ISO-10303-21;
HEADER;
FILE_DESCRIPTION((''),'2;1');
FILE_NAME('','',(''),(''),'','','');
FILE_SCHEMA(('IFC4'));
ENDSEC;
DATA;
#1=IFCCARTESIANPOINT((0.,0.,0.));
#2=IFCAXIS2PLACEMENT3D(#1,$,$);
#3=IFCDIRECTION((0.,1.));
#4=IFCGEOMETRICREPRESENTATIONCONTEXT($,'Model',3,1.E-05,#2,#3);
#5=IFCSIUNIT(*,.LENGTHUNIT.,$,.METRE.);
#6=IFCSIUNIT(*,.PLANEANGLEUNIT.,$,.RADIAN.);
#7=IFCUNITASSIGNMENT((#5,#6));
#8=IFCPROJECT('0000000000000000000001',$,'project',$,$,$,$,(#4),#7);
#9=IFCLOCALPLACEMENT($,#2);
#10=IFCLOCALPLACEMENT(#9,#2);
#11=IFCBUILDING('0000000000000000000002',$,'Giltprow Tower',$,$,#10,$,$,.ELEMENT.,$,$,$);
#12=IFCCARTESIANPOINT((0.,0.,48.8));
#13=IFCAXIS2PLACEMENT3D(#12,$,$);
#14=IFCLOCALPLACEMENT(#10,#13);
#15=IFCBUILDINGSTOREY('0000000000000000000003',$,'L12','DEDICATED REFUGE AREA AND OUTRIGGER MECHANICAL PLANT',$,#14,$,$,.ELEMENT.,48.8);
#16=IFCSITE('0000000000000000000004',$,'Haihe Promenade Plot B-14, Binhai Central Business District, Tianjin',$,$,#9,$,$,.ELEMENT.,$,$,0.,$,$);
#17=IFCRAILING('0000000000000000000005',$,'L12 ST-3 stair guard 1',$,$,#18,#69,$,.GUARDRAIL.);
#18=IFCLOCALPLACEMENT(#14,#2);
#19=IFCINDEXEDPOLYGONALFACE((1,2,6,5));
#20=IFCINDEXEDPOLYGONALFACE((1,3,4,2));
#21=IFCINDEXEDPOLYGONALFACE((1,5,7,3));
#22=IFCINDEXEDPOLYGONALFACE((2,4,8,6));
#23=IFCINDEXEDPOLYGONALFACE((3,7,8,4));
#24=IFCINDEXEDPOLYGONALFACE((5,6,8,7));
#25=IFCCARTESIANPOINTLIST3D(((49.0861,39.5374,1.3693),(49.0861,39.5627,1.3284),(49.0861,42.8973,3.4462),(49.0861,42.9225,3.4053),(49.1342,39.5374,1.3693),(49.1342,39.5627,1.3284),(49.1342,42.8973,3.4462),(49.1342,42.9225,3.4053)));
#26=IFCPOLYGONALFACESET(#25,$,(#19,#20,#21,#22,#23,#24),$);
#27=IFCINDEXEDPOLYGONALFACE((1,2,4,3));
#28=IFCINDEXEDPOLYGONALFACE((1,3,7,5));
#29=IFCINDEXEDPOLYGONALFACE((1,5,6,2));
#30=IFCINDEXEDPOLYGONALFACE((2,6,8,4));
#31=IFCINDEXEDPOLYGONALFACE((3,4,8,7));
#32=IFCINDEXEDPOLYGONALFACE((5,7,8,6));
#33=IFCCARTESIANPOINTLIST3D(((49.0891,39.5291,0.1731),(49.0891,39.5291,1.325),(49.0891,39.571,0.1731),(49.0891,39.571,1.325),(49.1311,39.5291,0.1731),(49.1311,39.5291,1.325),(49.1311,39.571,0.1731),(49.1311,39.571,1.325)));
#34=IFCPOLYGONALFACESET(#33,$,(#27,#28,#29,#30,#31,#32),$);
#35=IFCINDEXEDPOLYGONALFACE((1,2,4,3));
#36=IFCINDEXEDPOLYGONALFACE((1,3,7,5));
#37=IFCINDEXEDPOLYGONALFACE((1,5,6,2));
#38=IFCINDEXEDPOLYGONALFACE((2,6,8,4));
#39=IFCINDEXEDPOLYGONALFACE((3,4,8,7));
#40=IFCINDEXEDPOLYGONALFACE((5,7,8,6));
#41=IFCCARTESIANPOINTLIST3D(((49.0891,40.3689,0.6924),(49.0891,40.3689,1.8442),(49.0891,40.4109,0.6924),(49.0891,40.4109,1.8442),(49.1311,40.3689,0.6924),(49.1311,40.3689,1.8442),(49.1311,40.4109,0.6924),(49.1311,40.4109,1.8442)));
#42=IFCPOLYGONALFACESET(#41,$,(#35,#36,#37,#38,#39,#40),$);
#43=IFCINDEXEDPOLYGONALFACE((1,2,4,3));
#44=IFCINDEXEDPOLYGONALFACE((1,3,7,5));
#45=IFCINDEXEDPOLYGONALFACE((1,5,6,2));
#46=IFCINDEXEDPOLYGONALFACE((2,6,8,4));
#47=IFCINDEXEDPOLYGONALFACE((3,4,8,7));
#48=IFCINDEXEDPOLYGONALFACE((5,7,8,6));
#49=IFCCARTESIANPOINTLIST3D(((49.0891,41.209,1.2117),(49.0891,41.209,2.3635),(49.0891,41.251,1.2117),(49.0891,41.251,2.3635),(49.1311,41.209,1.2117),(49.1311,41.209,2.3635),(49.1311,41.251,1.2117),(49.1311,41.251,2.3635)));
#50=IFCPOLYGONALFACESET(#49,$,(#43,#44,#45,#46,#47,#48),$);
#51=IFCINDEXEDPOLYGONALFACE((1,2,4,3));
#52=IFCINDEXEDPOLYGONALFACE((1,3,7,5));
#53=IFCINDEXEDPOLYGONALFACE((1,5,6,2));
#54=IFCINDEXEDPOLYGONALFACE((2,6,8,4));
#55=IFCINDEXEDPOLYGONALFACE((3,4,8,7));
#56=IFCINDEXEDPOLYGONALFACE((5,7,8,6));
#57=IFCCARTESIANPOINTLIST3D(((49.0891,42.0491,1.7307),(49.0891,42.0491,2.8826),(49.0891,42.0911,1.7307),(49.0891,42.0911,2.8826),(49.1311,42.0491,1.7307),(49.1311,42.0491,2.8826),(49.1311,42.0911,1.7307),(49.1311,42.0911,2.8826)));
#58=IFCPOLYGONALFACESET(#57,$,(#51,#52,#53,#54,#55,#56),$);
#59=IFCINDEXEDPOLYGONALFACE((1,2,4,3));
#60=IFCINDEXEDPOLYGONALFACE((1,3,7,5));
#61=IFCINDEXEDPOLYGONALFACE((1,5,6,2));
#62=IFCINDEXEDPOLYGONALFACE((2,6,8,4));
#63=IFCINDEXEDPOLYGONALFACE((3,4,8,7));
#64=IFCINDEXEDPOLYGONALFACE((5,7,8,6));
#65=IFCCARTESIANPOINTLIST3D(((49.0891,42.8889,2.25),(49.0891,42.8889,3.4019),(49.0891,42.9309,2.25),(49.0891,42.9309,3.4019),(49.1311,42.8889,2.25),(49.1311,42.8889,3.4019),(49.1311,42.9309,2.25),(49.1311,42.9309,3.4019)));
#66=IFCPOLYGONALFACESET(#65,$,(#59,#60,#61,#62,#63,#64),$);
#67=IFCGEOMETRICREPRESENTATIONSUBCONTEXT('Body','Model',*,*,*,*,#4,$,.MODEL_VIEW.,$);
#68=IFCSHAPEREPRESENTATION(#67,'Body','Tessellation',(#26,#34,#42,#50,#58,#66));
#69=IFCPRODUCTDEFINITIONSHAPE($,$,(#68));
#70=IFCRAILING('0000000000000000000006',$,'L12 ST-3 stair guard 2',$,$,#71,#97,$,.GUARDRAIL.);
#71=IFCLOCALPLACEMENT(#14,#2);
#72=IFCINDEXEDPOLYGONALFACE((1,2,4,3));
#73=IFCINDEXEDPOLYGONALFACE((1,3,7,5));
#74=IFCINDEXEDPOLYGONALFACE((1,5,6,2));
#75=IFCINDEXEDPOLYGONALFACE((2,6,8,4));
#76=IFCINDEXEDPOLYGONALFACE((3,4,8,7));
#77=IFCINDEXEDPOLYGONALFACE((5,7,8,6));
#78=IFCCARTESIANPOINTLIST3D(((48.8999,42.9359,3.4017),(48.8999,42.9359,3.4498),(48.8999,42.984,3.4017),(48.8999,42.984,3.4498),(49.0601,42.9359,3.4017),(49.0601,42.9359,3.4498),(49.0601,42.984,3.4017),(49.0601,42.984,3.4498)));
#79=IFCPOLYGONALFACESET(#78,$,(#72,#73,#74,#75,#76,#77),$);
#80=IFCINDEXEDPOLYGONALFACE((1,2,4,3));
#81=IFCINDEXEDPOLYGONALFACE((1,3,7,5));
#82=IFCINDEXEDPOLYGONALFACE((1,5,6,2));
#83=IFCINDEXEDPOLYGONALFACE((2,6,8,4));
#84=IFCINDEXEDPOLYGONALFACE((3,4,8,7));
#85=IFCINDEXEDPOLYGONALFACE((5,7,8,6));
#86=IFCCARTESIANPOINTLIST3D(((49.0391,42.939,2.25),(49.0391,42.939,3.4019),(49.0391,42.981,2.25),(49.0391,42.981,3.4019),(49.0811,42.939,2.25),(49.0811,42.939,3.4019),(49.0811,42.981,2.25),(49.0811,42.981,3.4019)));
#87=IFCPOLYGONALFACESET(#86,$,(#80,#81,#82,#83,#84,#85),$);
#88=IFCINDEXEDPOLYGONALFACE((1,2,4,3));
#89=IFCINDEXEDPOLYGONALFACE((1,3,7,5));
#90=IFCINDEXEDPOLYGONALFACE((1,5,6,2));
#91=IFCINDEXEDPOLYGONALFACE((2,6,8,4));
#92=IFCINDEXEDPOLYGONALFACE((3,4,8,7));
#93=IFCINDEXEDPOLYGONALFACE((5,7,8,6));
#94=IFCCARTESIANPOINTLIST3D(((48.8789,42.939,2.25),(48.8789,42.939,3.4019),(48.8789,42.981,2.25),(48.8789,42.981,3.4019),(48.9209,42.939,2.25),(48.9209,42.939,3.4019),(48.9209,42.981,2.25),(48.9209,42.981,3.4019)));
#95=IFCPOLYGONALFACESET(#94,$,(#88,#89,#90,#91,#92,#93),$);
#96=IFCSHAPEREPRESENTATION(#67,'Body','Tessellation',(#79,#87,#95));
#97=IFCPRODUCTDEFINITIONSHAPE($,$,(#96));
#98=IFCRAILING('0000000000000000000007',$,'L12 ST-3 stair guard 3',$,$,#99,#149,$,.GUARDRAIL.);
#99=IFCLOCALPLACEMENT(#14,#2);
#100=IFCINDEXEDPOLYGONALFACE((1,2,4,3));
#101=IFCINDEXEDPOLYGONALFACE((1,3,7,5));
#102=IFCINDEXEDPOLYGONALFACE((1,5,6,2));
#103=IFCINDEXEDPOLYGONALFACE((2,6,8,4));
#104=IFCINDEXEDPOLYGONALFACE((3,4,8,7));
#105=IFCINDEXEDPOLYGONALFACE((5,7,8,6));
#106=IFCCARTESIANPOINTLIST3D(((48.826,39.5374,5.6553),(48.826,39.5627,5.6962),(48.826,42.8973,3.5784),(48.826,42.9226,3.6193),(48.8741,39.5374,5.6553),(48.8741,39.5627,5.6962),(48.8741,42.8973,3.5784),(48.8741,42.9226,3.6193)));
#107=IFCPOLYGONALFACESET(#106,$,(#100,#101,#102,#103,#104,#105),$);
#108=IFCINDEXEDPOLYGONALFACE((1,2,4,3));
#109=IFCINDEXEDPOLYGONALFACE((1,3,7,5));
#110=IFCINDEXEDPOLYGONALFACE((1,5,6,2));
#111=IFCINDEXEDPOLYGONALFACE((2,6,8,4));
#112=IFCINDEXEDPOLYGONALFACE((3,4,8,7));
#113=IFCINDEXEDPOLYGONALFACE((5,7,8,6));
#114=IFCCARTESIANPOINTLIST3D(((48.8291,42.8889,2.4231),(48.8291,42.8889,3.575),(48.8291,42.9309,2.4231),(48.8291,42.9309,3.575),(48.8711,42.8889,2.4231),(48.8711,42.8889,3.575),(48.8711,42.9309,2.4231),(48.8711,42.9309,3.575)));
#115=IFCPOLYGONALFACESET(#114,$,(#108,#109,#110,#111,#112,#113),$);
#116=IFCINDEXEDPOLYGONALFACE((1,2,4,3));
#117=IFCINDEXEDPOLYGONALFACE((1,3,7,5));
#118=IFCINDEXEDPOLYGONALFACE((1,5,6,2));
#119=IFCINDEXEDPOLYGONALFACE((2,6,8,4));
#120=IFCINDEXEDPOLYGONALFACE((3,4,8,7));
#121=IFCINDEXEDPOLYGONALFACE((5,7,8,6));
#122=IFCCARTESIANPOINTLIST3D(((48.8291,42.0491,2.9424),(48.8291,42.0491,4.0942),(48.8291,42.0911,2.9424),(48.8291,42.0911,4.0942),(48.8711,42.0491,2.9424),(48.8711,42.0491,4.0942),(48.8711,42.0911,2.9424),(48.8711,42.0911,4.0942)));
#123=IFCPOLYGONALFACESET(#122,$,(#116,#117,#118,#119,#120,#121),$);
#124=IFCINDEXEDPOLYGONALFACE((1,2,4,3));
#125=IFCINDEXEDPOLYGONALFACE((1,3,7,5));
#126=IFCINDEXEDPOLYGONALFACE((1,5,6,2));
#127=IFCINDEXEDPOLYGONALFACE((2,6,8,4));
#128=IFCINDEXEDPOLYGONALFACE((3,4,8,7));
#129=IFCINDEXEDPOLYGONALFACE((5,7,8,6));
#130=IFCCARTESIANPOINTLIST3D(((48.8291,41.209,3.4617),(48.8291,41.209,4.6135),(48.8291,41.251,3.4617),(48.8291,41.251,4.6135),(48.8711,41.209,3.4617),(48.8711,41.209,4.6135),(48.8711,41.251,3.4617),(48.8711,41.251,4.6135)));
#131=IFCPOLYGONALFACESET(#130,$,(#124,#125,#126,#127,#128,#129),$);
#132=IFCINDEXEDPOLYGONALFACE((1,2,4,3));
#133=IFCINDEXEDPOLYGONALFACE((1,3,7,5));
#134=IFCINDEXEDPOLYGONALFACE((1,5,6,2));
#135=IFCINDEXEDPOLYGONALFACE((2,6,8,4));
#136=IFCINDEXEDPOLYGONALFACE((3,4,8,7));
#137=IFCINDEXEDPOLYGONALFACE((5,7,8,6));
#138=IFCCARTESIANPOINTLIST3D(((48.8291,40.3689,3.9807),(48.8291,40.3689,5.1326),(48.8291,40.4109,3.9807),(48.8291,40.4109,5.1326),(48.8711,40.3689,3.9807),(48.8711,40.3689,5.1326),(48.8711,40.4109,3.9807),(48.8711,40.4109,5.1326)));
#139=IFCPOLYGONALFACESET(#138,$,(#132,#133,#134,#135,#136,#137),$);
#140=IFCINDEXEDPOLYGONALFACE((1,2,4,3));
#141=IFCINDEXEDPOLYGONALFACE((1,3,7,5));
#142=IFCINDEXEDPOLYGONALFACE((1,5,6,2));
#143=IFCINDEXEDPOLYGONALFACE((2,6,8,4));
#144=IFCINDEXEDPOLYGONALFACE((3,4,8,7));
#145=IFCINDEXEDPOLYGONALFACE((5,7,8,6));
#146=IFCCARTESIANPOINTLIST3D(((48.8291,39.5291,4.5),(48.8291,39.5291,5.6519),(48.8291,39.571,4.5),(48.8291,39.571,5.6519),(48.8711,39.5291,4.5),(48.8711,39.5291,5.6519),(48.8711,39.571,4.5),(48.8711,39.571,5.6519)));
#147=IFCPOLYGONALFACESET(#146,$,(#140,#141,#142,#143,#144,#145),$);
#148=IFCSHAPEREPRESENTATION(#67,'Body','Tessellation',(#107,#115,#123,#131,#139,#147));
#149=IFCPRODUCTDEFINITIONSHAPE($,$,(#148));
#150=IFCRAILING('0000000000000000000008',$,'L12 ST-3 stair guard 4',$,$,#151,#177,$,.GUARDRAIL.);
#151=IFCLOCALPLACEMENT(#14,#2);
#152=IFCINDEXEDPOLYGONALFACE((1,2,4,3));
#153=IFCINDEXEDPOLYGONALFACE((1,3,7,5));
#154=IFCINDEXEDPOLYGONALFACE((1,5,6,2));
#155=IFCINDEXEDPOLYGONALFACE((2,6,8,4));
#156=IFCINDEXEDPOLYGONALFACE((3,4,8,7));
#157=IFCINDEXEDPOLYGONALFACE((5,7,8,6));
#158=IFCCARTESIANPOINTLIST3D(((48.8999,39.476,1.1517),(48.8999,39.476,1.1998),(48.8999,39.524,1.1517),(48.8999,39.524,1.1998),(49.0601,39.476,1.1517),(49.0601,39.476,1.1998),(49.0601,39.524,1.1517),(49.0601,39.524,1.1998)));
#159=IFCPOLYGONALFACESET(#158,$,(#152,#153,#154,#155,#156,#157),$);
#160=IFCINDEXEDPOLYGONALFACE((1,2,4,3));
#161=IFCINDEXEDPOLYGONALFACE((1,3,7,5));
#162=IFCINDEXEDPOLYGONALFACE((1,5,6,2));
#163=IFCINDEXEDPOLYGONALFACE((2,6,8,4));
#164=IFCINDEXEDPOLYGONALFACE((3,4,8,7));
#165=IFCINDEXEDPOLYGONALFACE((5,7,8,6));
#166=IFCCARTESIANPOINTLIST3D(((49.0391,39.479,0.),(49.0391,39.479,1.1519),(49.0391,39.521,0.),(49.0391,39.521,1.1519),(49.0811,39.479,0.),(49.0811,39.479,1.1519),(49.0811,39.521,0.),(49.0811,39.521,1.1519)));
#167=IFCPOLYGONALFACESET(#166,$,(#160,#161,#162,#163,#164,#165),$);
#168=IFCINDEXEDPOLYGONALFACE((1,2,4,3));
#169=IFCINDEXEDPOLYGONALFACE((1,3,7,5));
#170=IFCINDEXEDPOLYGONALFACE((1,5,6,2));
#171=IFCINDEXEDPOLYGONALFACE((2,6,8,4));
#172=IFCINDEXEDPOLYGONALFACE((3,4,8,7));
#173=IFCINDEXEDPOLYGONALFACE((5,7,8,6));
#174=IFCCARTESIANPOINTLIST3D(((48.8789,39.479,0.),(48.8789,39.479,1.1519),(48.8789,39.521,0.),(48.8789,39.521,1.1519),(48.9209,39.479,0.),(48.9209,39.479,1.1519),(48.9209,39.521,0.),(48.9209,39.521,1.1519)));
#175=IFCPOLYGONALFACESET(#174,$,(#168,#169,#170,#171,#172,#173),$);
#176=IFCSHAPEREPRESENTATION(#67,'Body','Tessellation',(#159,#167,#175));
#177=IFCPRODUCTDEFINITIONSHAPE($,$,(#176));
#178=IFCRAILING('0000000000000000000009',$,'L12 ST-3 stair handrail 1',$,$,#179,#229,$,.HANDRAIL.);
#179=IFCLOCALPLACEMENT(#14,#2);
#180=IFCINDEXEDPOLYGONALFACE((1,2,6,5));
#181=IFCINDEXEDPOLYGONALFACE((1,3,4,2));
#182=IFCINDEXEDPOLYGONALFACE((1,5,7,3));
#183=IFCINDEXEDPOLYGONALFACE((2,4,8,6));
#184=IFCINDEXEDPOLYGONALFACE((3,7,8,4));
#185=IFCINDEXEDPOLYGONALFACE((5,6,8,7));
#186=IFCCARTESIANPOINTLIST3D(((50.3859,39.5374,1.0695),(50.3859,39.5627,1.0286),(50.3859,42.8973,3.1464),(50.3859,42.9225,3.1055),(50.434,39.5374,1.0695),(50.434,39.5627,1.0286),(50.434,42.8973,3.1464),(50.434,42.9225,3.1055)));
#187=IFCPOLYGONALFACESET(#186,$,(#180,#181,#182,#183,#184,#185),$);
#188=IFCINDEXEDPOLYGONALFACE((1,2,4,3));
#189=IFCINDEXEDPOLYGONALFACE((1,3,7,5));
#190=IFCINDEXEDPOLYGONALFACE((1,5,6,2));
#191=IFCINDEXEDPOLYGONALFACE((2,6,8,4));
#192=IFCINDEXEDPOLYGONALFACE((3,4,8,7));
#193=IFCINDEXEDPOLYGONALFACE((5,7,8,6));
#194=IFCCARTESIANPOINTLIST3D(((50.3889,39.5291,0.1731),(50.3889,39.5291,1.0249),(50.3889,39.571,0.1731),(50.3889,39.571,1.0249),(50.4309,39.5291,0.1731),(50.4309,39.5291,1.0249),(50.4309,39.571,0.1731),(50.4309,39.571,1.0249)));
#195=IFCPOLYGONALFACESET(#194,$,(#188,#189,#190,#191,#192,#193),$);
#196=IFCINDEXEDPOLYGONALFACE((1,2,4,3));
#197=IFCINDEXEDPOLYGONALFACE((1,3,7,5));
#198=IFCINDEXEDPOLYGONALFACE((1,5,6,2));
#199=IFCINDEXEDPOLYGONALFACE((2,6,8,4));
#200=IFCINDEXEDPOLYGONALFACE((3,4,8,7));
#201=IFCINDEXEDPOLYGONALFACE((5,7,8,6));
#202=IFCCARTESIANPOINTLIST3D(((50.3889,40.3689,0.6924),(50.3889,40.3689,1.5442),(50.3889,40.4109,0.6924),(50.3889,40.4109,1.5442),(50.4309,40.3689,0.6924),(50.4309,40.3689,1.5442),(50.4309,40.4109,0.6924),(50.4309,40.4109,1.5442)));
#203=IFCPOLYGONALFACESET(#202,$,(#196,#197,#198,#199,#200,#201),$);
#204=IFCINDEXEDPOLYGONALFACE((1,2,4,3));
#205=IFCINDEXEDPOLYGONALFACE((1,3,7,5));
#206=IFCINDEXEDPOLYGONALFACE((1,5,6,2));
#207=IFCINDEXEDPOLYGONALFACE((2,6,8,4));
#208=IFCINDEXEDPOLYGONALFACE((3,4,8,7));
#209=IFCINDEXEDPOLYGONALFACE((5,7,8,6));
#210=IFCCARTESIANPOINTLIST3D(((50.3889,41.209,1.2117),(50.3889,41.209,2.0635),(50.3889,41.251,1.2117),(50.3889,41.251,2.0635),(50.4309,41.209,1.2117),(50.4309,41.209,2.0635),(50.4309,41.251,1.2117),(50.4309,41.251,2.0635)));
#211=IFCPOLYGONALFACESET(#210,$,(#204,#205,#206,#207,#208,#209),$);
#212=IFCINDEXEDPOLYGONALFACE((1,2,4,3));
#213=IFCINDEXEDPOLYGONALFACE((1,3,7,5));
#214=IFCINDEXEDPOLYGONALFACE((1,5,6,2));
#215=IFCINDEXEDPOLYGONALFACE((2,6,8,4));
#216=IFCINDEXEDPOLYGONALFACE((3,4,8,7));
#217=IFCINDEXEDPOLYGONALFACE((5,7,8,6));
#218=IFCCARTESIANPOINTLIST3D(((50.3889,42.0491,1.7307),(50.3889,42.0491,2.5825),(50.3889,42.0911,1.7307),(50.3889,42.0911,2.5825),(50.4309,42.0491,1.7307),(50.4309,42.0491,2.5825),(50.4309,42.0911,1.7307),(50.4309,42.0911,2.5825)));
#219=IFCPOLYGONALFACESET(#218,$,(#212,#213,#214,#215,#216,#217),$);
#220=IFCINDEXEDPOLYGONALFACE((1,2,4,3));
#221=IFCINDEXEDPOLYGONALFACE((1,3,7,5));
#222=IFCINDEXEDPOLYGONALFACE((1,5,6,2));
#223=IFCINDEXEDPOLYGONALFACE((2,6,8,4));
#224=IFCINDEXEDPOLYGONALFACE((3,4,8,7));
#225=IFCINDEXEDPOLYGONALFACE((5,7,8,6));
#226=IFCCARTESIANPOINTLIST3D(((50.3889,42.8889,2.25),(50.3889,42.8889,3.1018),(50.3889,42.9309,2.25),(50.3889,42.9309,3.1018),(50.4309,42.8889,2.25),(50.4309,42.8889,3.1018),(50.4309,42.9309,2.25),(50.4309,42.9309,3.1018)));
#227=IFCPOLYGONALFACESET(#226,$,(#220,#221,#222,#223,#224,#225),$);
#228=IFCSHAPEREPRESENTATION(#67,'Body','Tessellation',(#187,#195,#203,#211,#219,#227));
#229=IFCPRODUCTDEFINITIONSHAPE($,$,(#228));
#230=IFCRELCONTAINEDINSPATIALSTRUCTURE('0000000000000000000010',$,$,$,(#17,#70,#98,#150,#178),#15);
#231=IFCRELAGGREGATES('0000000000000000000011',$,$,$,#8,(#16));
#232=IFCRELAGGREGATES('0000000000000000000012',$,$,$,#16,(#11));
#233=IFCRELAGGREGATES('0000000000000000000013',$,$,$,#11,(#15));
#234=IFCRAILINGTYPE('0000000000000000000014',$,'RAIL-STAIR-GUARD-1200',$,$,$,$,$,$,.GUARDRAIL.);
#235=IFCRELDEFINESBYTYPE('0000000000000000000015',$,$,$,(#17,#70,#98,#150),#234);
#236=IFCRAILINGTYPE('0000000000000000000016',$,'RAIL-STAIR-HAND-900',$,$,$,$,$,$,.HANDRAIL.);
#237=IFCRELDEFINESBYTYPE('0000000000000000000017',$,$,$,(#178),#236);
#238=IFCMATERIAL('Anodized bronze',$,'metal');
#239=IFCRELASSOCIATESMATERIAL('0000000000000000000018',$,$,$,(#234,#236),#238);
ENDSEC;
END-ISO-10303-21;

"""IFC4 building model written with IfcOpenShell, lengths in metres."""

from ifc_helpers import new_model, si_unit, direction, frame, origin, origin_2d, place, context, subcontext, project, spatial, rectangle, extrude, material, type_object, element, save


model = new_model("IFC4")

# Units and contexts
model_context = context("Model", 3, precision=1e-05, world=origin(), true_north=direction((0.0, 1.0)))
body_context = subcontext(model_context, "Body", "Model", "MODEL_VIEW")
ifc_project = project(units=[si_unit("LENGTHUNIT", "METRE"), si_unit("PLANEANGLEUNIT", "RADIAN")], contexts=[model_context])

# Site, building, storey
site_placement = place(None, origin())
site = spatial("IfcSite", under=ifc_project, at=site_placement, Name="Haihe Promenade Plot B-14, Binhai Central Business District, Tianjin", CompositionType="ELEMENT", RefElevation=0.0)
building_placement = place(site_placement, origin())
building = spatial("IfcBuilding", under=site, at=building_placement, Name="Giltprow Tower", CompositionType="ELEMENT")
storey_placement = place(building_placement, frame((0.0, 0.0, 48.8)))
storey = spatial("IfcBuildingStorey", under=building, at=storey_placement, Name="L12", Description="DEDICATED REFUGE AREA AND OUTRIGGER MECHANICAL PLANT", CompositionType="ELEMENT", Elevation=48.8)

# Railings
ifc_material_1 = material(Name="Anodized bronze", Category="metal")
railing_type_1 = type_object("IfcRailingType", Name="RAIL-STAIR-GUARD-1200", PredefinedType="GUARDRAIL", material=ifc_material_1)
railing_1_placement = place(storey_placement, frame((49.1101, 39.55, 0.1731)))
element("IfcRailing", 1, at=railing_1_placement, inside=storey, type_object=railing_type_1, Name="L12 ST-3 stair guard 1", PredefinedType="GUARDRAIL", context=body_context, shape_type="SweptSolid", body=[
    extrude(rectangle(XDim=0.0481, YDim=0.0481, at=origin_2d()), frame((0.0, 0.0, 1.1758), z_axis=(0.0, 0.850606, 0.525803), x_axis=(-1.0, 0.0, 0.0)), (0.0, 0.0, 1.0), 3.95),
    extrude(rectangle(XDim=0.042, YDim=0.042, at=origin_2d()), origin(), (0.0, 0.0, 1.0), 1.1519),
    extrude(rectangle(XDim=0.042, YDim=0.042, at=origin_2d()), frame((0.0, 0.8398, 0.5193)), (0.0, 0.0, 1.0), 1.1519),
    extrude(rectangle(XDim=0.042, YDim=0.042, at=origin_2d()), frame((0.0, 1.6799, 1.0386)), (0.0, 0.0, 1.0), 1.1519),
    extrude(rectangle(XDim=0.042, YDim=0.042, at=origin_2d()), frame((0.0, 2.52, 1.5576)), (0.0, 0.0, 1.0), 1.1519),
    extrude(rectangle(XDim=0.042, YDim=0.042, at=origin_2d()), frame((0.0, 3.3599, 2.0769)), (0.0, 0.0, 1.0), 1.1519),
])
railing_2_placement = place(storey_placement, frame((49.0601, 42.96, 2.25)))
element("IfcRailing", 2, at=railing_2_placement, inside=storey, type_object=railing_type_1, Name="L12 ST-3 stair guard 2", PredefinedType="GUARDRAIL", context=body_context, shape_type="SweptSolid", body=[
    extrude(rectangle(XDim=0.0481, YDim=0.0481, at=origin_2d()), frame((0.0, 0.0, 1.1758), z_axis=(-1.0, 0.0, 0.0), x_axis=(0.0, -1.0, 0.0)), (0.0, 0.0, 1.0), 0.1602),
    extrude(rectangle(XDim=0.042, YDim=0.042, at=origin_2d()), origin(), (0.0, 0.0, 1.0), 1.1519),
    extrude(rectangle(XDim=0.042, YDim=0.042, at=origin_2d()), frame((-0.1602, 0.0, 0.0)), (0.0, 0.0, 1.0), 1.1519),
])
railing_3_placement = place(storey_placement, frame((48.8501, 42.9099, 2.4231)))
element("IfcRailing", 3, at=railing_3_placement, inside=storey, type_object=railing_type_1, Name="L12 ST-3 stair guard 3", PredefinedType="GUARDRAIL", context=body_context, shape_type="SweptSolid", body=[
    extrude(rectangle(XDim=0.0481, YDim=0.0481, at=origin_2d()), frame((0.0, 0.0, 1.1758), z_axis=(0.0, -0.850606, 0.525803), x_axis=(1.0, 0.0, 0.0)), (0.0, 0.0, 1.0), 3.95),
    extrude(rectangle(XDim=0.042, YDim=0.042, at=origin_2d()), origin(), (0.0, 0.0, 1.0), 1.1519),
    extrude(rectangle(XDim=0.042, YDim=0.042, at=origin_2d()), frame((0.0, -0.8398, 0.5193)), (0.0, 0.0, 1.0), 1.1519),
    extrude(rectangle(XDim=0.042, YDim=0.042, at=origin_2d()), frame((0.0, -1.6799, 1.0386)), (0.0, 0.0, 1.0), 1.1519),
    extrude(rectangle(XDim=0.042, YDim=0.042, at=origin_2d()), frame((0.0, -2.52, 1.5576)), (0.0, 0.0, 1.0), 1.1519),
    extrude(rectangle(XDim=0.042, YDim=0.042, at=origin_2d()), frame((0.0, -3.3599, 2.0769)), (0.0, 0.0, 1.0), 1.1519),
])
railing_4_placement = place(storey_placement, frame((49.0601, 39.5, 0.0)))
element("IfcRailing", 4, at=railing_4_placement, inside=storey, type_object=railing_type_1, Name="L12 ST-3 stair guard 4", PredefinedType="GUARDRAIL", context=body_context, shape_type="SweptSolid", body=[
    extrude(rectangle(XDim=0.0481, YDim=0.0481, at=origin_2d()), frame((0.0, 0.0, 1.1758), z_axis=(-1.0, 0.0, 0.0), x_axis=(0.0, -1.0, 0.0)), (0.0, 0.0, 1.0), 0.1602),
    extrude(rectangle(XDim=0.042, YDim=0.042, at=origin_2d()), origin(), (0.0, 0.0, 1.0), 1.1519),
    extrude(rectangle(XDim=0.042, YDim=0.042, at=origin_2d()), frame((-0.1602, 0.0, 0.0)), (0.0, 0.0, 1.0), 1.1519),
])
railing_type_2 = type_object("IfcRailingType", Name="RAIL-STAIR-HAND-900", PredefinedType="HANDRAIL", material=ifc_material_1)
railing_5_placement = place(storey_placement, frame((50.4099, 39.55, 0.1731)))
element("IfcRailing", 5, at=railing_5_placement, inside=storey, type_object=railing_type_2, Name="L12 ST-3 stair handrail 1", PredefinedType="HANDRAIL", context=body_context, shape_type="SweptSolid", body=[
    extrude(rectangle(XDim=0.0481, YDim=0.0481, at=origin_2d()), frame((0.0, 0.0, 0.876), z_axis=(0.0, 0.850606, 0.525803), x_axis=(-1.0, 0.0, 0.0)), (0.0, 0.0, 1.0), 3.95),
    extrude(rectangle(XDim=0.042, YDim=0.042, at=origin_2d()), origin(), (0.0, 0.0, 1.0), 0.8518),
    extrude(rectangle(XDim=0.042, YDim=0.042, at=origin_2d()), frame((0.0, 0.8398, 0.5193)), (0.0, 0.0, 1.0), 0.8518),
    extrude(rectangle(XDim=0.042, YDim=0.042, at=origin_2d()), frame((0.0, 1.6799, 1.0386)), (0.0, 0.0, 1.0), 0.8518),
    extrude(rectangle(XDim=0.042, YDim=0.042, at=origin_2d()), frame((0.0, 2.52, 1.5576)), (0.0, 0.0, 1.0), 0.8518),
    extrude(rectangle(XDim=0.042, YDim=0.042, at=origin_2d()), frame((0.0, 3.3599, 2.0769)), (0.0, 0.0, 1.0), 0.8518),
])

save(model, "model.ifc")
